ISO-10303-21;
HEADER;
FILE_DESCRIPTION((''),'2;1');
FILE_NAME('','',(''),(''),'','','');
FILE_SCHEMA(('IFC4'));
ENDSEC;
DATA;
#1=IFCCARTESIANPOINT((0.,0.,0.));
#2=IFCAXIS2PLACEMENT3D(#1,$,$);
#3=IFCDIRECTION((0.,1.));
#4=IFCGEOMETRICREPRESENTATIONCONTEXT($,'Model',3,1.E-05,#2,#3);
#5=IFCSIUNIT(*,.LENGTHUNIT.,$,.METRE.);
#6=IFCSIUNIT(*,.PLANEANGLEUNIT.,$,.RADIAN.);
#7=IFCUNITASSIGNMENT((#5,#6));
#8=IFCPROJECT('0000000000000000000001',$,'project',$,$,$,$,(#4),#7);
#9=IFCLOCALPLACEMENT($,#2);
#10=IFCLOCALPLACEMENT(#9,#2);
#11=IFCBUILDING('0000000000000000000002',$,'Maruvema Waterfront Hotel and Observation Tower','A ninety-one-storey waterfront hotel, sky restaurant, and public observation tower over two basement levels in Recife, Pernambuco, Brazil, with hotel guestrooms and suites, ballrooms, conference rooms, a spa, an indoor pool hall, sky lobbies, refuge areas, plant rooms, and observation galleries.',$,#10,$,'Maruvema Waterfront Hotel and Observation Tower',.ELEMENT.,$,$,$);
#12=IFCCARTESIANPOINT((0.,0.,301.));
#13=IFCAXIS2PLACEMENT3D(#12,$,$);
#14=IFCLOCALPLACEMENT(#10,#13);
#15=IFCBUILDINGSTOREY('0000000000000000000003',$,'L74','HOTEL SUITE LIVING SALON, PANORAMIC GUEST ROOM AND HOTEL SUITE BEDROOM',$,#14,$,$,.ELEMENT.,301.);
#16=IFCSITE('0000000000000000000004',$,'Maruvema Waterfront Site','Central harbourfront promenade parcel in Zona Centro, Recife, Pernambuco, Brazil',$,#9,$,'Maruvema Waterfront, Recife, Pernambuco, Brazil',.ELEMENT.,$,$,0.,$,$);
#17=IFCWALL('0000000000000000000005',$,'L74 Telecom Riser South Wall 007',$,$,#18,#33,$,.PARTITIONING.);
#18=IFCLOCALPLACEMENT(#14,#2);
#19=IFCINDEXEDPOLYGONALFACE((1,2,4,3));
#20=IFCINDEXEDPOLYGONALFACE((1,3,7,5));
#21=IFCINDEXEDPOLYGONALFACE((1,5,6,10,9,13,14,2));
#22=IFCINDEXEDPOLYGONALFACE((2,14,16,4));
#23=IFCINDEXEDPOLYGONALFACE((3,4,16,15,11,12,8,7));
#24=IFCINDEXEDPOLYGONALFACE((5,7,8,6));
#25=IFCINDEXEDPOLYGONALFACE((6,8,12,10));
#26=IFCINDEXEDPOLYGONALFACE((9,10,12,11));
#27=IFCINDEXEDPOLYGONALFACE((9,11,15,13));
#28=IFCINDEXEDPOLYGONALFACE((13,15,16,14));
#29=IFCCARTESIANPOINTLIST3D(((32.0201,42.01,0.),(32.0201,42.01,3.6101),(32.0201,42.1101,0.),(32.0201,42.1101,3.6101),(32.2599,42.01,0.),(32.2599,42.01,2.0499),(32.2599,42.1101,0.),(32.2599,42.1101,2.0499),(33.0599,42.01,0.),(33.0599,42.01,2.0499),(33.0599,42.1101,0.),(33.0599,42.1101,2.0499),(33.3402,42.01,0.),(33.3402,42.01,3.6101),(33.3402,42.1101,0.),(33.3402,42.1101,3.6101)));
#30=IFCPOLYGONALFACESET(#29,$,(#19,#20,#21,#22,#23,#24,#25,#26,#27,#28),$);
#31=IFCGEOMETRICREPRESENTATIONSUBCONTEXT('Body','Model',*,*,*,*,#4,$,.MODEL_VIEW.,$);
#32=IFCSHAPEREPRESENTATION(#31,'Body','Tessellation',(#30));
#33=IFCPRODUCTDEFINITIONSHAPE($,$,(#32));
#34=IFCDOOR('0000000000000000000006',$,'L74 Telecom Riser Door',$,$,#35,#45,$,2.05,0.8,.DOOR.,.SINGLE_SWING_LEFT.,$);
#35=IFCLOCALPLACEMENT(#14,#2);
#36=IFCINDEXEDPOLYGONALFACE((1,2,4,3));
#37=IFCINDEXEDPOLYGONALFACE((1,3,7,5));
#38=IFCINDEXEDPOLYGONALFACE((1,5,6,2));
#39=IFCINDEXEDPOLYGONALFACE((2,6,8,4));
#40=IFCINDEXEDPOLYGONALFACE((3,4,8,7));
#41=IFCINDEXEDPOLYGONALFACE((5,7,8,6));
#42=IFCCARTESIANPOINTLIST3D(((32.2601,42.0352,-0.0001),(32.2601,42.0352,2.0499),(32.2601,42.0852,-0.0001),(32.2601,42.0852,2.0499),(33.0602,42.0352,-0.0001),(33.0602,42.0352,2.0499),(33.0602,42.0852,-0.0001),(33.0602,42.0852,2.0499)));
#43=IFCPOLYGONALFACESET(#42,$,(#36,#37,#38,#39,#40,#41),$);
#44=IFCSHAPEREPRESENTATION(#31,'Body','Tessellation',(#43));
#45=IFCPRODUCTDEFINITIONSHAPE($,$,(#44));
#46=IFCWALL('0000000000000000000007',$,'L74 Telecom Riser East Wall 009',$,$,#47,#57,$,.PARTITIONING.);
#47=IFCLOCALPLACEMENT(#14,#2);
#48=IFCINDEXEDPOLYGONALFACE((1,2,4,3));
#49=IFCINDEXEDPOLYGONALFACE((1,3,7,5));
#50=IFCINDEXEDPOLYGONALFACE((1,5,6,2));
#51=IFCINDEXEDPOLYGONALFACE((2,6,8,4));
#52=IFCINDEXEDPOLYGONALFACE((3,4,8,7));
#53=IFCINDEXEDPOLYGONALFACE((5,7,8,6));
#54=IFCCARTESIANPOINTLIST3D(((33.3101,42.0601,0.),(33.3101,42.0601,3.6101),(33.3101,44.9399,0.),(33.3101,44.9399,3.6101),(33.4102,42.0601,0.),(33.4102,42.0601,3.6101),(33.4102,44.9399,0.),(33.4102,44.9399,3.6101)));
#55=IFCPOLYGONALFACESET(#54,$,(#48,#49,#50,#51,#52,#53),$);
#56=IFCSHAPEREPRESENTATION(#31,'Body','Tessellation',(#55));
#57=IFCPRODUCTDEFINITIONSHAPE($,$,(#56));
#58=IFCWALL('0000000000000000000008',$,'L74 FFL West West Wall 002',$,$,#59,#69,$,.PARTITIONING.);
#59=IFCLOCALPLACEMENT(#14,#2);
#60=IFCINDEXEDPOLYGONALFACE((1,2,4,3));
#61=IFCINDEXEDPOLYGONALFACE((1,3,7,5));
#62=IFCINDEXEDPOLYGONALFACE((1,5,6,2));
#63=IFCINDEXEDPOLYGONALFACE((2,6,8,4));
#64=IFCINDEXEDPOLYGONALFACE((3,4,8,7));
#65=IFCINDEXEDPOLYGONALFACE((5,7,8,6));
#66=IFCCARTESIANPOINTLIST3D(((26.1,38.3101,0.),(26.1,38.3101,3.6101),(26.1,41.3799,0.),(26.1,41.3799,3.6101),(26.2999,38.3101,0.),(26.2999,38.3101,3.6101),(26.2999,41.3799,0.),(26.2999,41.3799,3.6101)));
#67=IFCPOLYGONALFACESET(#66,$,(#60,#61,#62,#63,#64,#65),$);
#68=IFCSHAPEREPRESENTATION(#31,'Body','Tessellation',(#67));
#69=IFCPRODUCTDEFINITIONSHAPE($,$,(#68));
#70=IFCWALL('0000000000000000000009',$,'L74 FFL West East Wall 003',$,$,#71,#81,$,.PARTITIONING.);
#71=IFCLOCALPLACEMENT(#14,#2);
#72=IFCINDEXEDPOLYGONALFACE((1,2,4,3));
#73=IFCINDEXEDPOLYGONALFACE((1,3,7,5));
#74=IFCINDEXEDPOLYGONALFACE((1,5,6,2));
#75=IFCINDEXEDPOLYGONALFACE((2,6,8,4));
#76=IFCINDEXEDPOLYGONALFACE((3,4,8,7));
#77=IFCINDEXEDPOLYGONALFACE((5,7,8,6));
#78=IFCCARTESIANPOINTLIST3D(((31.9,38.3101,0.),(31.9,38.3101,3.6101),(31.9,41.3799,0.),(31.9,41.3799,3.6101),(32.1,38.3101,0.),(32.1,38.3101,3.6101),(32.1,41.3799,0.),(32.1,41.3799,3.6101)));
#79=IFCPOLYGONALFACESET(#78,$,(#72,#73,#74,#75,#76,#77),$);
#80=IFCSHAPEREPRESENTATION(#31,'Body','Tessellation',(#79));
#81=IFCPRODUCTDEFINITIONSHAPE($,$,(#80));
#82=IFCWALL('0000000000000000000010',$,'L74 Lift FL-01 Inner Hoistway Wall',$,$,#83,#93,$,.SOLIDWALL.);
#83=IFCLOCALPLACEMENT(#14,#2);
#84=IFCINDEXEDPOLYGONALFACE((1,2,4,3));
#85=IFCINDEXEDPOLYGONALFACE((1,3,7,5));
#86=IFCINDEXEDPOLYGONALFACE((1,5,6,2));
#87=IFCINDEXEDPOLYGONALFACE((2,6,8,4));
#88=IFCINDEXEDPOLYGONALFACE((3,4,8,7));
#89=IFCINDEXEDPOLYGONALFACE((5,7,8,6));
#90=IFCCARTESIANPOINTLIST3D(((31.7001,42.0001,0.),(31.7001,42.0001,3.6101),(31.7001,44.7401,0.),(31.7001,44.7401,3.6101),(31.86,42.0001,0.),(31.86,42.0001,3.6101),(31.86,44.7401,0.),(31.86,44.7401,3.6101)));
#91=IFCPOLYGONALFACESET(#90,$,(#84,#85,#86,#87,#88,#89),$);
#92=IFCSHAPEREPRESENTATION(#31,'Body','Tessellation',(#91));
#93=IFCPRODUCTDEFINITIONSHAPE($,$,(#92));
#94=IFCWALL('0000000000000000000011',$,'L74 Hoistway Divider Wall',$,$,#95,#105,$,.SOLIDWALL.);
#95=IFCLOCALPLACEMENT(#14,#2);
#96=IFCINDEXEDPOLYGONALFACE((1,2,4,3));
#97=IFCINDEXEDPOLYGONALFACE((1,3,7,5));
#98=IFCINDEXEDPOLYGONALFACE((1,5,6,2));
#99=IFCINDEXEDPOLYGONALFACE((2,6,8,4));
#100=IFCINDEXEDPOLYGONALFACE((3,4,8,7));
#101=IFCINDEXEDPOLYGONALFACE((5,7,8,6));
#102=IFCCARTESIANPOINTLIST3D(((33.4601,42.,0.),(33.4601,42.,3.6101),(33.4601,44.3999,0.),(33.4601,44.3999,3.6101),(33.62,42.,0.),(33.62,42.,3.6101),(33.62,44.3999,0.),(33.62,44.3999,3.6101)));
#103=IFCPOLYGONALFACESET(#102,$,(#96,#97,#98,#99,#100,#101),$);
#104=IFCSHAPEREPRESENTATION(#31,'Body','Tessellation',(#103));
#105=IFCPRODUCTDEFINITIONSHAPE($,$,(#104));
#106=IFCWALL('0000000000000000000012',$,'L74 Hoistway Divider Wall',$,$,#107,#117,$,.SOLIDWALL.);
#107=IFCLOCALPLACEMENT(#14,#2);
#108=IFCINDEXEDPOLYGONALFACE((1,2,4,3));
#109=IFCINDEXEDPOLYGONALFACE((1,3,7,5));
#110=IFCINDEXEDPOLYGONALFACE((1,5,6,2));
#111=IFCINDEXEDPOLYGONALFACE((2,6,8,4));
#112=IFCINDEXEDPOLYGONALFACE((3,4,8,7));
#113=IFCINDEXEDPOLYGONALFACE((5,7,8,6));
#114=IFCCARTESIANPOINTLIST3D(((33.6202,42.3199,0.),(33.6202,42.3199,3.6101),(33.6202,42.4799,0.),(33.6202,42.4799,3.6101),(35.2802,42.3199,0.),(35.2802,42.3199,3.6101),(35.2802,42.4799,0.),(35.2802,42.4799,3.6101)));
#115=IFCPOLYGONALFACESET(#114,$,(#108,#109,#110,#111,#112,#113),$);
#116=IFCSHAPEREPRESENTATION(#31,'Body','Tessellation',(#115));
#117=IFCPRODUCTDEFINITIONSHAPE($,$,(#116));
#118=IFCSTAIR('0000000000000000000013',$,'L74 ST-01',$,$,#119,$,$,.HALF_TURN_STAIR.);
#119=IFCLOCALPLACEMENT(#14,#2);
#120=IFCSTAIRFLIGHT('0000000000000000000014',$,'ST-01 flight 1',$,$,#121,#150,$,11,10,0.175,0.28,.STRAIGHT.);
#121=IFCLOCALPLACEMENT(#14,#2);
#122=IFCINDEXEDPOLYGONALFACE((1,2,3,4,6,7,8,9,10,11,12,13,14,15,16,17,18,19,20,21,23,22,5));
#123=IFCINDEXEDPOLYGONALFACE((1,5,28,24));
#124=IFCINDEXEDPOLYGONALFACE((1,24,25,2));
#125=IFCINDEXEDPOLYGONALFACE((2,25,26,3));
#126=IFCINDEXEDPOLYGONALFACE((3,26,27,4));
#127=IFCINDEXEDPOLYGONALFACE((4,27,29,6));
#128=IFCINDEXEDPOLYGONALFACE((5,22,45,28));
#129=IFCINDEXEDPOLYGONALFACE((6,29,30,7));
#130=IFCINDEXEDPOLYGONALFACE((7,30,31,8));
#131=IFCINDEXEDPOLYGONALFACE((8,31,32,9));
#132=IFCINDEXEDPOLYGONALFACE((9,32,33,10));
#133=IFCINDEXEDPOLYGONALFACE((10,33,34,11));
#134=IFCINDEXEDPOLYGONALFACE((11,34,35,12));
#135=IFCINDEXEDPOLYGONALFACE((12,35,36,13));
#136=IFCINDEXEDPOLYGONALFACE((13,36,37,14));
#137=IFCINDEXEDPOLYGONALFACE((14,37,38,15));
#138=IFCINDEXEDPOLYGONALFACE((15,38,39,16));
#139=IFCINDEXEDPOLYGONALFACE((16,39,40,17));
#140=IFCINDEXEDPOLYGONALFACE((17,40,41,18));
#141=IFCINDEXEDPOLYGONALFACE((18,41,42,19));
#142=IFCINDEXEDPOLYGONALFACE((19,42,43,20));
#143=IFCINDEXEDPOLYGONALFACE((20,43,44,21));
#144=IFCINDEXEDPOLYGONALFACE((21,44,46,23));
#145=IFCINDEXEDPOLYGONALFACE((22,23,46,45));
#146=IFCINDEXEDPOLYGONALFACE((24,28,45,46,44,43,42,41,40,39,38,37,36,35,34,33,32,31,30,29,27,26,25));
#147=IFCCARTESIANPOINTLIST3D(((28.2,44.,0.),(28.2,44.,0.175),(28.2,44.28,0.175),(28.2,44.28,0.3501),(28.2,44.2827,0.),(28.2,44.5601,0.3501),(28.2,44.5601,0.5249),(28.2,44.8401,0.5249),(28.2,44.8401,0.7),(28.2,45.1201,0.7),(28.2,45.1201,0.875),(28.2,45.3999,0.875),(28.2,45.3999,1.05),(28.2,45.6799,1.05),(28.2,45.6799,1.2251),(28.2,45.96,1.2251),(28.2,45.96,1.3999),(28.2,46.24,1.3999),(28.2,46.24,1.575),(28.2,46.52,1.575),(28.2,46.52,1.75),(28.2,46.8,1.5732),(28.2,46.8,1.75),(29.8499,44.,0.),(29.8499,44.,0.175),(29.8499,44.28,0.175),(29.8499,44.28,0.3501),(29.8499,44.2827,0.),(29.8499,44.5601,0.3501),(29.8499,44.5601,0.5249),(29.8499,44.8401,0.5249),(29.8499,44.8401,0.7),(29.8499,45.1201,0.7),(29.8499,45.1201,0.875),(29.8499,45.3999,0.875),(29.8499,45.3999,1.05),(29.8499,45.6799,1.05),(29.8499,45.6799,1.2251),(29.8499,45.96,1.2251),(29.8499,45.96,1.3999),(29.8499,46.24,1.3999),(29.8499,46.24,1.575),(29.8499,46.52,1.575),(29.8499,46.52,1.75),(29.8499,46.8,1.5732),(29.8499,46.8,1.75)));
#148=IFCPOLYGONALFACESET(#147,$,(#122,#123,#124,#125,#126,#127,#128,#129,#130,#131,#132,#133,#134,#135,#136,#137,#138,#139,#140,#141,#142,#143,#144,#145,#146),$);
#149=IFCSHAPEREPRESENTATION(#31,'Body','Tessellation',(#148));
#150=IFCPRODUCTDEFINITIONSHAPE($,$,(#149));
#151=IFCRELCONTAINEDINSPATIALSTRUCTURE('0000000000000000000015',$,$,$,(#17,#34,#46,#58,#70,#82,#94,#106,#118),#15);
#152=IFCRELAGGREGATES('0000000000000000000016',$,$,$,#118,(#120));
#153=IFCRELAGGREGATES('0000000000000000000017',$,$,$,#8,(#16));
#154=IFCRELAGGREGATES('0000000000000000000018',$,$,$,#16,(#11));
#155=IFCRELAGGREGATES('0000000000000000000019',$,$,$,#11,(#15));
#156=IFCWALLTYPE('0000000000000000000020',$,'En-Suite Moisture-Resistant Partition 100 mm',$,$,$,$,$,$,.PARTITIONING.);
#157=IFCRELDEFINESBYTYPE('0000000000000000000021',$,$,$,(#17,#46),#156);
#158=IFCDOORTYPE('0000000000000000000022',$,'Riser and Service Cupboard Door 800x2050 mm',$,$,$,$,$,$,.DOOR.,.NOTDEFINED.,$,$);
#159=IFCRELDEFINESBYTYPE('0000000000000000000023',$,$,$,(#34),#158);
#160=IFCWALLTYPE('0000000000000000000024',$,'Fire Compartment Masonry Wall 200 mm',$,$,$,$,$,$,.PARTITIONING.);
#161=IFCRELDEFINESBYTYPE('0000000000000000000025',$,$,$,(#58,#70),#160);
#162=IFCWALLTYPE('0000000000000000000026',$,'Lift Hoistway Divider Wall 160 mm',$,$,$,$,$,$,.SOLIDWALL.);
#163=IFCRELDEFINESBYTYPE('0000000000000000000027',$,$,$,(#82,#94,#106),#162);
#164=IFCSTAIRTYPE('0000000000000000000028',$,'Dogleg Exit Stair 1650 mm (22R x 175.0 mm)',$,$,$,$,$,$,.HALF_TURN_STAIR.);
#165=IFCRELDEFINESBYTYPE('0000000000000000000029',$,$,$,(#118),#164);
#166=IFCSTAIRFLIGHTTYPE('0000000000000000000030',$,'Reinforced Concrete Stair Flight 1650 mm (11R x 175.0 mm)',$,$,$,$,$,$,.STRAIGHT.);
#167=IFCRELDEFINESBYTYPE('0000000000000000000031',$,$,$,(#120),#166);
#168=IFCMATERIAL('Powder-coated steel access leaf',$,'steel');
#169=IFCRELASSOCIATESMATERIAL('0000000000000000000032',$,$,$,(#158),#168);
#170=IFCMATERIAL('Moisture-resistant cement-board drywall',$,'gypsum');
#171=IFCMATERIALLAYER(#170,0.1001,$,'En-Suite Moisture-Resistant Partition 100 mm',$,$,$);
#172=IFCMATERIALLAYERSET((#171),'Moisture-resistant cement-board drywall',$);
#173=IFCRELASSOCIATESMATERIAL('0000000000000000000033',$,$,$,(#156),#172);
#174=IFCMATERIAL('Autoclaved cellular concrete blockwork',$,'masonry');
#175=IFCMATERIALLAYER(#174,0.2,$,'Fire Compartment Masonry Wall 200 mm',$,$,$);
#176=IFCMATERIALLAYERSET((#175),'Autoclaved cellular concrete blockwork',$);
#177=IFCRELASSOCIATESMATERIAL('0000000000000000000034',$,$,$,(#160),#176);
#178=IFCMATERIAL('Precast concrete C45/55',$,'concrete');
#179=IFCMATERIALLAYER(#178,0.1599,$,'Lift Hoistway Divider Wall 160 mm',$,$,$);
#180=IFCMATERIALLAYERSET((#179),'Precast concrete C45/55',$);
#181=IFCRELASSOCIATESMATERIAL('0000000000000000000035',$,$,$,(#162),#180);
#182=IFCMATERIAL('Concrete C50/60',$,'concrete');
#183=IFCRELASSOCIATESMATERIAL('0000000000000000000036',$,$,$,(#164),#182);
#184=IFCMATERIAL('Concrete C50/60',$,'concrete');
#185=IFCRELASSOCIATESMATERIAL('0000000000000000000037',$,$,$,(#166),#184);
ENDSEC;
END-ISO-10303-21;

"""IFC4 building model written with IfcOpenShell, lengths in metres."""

from ifc_helpers import new_model, si_unit, direction, frame, frame_2d, origin, place, context, subcontext, project, spatial, polyline, rectangle, outline, extrude, material, layer, layer_set, type_object, element, fill, aggregate, save


model = new_model("IFC4")

# Units and contexts
model_context = context("Model", 3, precision=1e-05, world=origin(), true_north=direction((0.0, 1.0)))
body_context = subcontext(model_context, "Body", "Model", "MODEL_VIEW")
ifc_project = project(units=[si_unit("LENGTHUNIT", "METRE"), si_unit("PLANEANGLEUNIT", "RADIAN")], contexts=[model_context])

# Site, building, storey
site_placement = place(None, origin())
site = spatial("IfcSite", under=ifc_project, at=site_placement, Name="Maruvema Waterfront Site", Description="Central harbourfront promenade parcel in Zona Centro, Recife, Pernambuco, Brazil", LongName="Maruvema Waterfront, Recife, Pernambuco, Brazil", CompositionType="ELEMENT", RefElevation=0.0)
building_placement = place(site_placement, origin())
building = spatial("IfcBuilding", under=site, at=building_placement, Name="Maruvema Waterfront Hotel and Observation Tower", Description="A ninety-one-storey waterfront hotel, sky restaurant, and public observation tower over two basement levels in Recife, Pernambuco, Brazil, with hotel guestrooms and suites, ballrooms, conference rooms, a spa, an indoor pool hall, sky lobbies, refuge areas, plant rooms, and observation galleries.", LongName="Maruvema Waterfront Hotel and Observation Tower", CompositionType="ELEMENT")
storey_placement = place(building_placement, frame((0.0, 0.0, 301.0)))
storey = spatial("IfcBuildingStorey", under=building, at=storey_placement, Name="L74", Description="HOTEL SUITE LIVING SALON, PANORAMIC GUEST ROOM AND HOTEL SUITE BEDROOM", CompositionType="ELEMENT", Elevation=301.0)

# Shared definitions
ifc_material_1 = material(Name="Powder-coated steel access leaf", Category="steel")
door_type_1 = type_object("IfcDoorType", Name="Riser and Service Cupboard Door 800x2050 mm", OperationType="NOTDEFINED", PredefinedType="DOOR", material=ifc_material_1)

# Wall, opening, door
ifc_material_2 = material(Name="Moisture-resistant cement-board drywall", Category="gypsum")
ifc_layer_1 = layer(ifc_material_2, 0.1001, Name="En-Suite Moisture-Resistant Partition 100 mm")
ifc_layer_set_1 = layer_set([ifc_layer_1], Name="Moisture-resistant cement-board drywall")
wall_type_1 = type_object("IfcWallType", Name="En-Suite Moisture-Resistant Partition 100 mm", PredefinedType="PARTITIONING", material=ifc_layer_set_1)
wall_1_placement = place(storey_placement, frame((32.02, 42.0601, 0.0), z_axis=(0.0, 0.0, 1.0), x_axis=(1.0, 0.0, 0.0)))
wall_1 = element("IfcWall", 1, at=wall_1_placement, inside=storey, type_object=wall_type_1, Name="L74 Telecom Riser South Wall 007", PredefinedType="PARTITIONING", context=body_context, shape_type="SweptSolid", body=[
    extrude(rectangle(XDim=1.3201, YDim=0.1001, at=frame_2d((0.6602, 0.0))), origin(), (0.0, 0.0, 1.0), 3.6101),
])
opening_1_placement = place(wall_1_placement, frame((0.24, 0.0, 0.0)))
opening_1 = element("IfcOpeningElement", 2, at=opening_1_placement, cuts=wall_1, PredefinedType="OPENING", context=body_context, shape_type="SweptSolid", body=[
    extrude(rectangle(XDim=0.8, YDim=2.05, at=frame_2d((0.3999, 1.0249))), frame((0.0, 0.0601, 0.0), z_axis=(0.0, -1.0, 0.0), x_axis=(1.0, 0.0, 0.0)), (0.0, 0.0, 1.0), 0.1201),
])
door_1_placement = place(opening_1_placement, frame((0.8, 0.0, 0.0), z_axis=(0.0, 0.0, 1.0), x_axis=(-1.0, 0.0, 0.0)))
door_1 = element("IfcDoor", 3, at=door_1_placement, inside=storey, type_object=door_type_1, Name="L74 Telecom Riser Door", OperationType="SINGLE_SWING_LEFT", OverallHeight=2.05, OverallWidth=0.8, PredefinedType="DOOR", context=body_context, shape_type="SweptSolid", body=[
    extrude(rectangle(XDim=0.8, YDim=2.05, at=frame_2d((0.3999, 1.0249))), frame((0.0, 0.0249, 0.0), z_axis=(0.0, -1.0, 0.0), x_axis=(1.0, 0.0, 0.0)), (0.0, 0.0, 1.0), 0.05),
])
fill(opening_1, door_1)

# Wall
wall_2_placement = place(storey_placement, frame((33.3601, 42.0601, 0.0), z_axis=(0.0, 0.0, 1.0), x_axis=(0.0, 1.0, 0.0)))
element("IfcWall", 4, at=wall_2_placement, inside=storey, type_object=wall_type_1, Name="L74 Telecom Riser East Wall 009", PredefinedType="PARTITIONING", context=body_context, shape_type="SweptSolid", body=[
    extrude(rectangle(XDim=2.8799, YDim=0.1001, at=frame_2d((1.4399, 0.0))), origin(), (0.0, 0.0, 1.0), 3.6101),
])

# Shared definitions
ifc_material_3 = material(Name="Autoclaved cellular concrete blockwork", Category="masonry")
ifc_layer_2 = layer(ifc_material_3, 0.2, Name="Fire Compartment Masonry Wall 200 mm")
ifc_layer_set_2 = layer_set([ifc_layer_2], Name="Autoclaved cellular concrete blockwork")
wall_type_2 = type_object("IfcWallType", Name="Fire Compartment Masonry Wall 200 mm", PredefinedType="PARTITIONING", material=ifc_layer_set_2)

# Walls
for number, where, z_axis, x_axis, name in (
    (5, (26.2, 38.3101, 0.0), (0.0, 0.0, 1.0), (0.0, 1.0, 0.0), "L74 FFL West West Wall 002"),
    (6, (32.0, 38.3101, 0.0), (0.0, 0.0, 1.0), (0.0, 1.0, 0.0), "L74 FFL West East Wall 003"),
):
    element("IfcWall", number, at=place(storey_placement, frame(where, z_axis=z_axis, x_axis=x_axis)), inside=storey, type_object=wall_type_2, Name=name, PredefinedType="PARTITIONING", context=body_context, shape_type="SweptSolid", body=[
        extrude(rectangle(XDim=3.0698, YDim=0.2, at=frame_2d((1.5349, 0.0))), origin(), (0.0, 0.0, 1.0), 3.6101),
    ])
ifc_material_4 = material(Name="Precast concrete C45/55", Category="concrete")
ifc_layer_3 = layer(ifc_material_4, 0.1599, Name="Lift Hoistway Divider Wall 160 mm")
ifc_layer_set_3 = layer_set([ifc_layer_3], Name="Precast concrete C45/55")
wall_type_3 = type_object("IfcWallType", Name="Lift Hoistway Divider Wall 160 mm", PredefinedType="SOLIDWALL", material=ifc_layer_set_3)
wall_3_placement = place(storey_placement, frame((31.78, 42.0, 0.0), z_axis=(0.0, 0.0, 1.0), x_axis=(0.0, 1.0, 0.0)))
element("IfcWall", 7, at=wall_3_placement, inside=storey, type_object=wall_type_3, Name="L74 Lift FL-01 Inner Hoistway Wall", PredefinedType="SOLIDWALL", context=body_context, shape_type="SweptSolid", body=[
    extrude(rectangle(XDim=2.74, YDim=0.1599, at=frame_2d((1.3701, 0.0))), origin(), (0.0, 0.0, 1.0), 3.6101),
])
wall_4_placement = place(storey_placement, frame((33.54, 42.0, 0.0), z_axis=(0.0, 0.0, 1.0), x_axis=(0.0, 1.0, 0.0)))
element("IfcWall", 8, at=wall_4_placement, inside=storey, type_object=wall_type_3, Name="L74 Hoistway Divider Wall", PredefinedType="SOLIDWALL", context=body_context, shape_type="SweptSolid", body=[
    extrude(rectangle(XDim=2.3999, YDim=0.1599, at=frame_2d((1.2, 0.0))), origin(), (0.0, 0.0, 1.0), 3.6101),
])
wall_5_placement = place(storey_placement, frame((33.6201, 42.3999, 0.0), z_axis=(0.0, 0.0, 1.0), x_axis=(1.0, 0.0, 0.0)))
element("IfcWall", 9, at=wall_5_placement, inside=storey, type_object=wall_type_3, Name="L74 Hoistway Divider Wall", PredefinedType="SOLIDWALL", context=body_context, shape_type="SweptSolid", body=[
    extrude(rectangle(XDim=1.6599, YDim=0.1599, at=frame_2d((0.8301, 0.0))), origin(), (0.0, 0.0, 1.0), 3.6101),
])

# Stair, stair flight
ifc_material_5 = material(Name="Concrete C50/60", Category="concrete")
stair_type = type_object("IfcStairType", Name="Dogleg Exit Stair 1650 mm (22R x 175.0 mm)", PredefinedType="HALF_TURN_STAIR", material=ifc_material_5)
stair_placement = place(storey_placement, origin())
stair = element("IfcStair", 10, at=stair_placement, inside=storey, type_object=stair_type, Name="L74 ST-01", PredefinedType="HALF_TURN_STAIR")
ifc_material_6 = material(Name="Concrete C50/60", Category="concrete")
stair_flight_type = type_object("IfcStairFlightType", Name="Reinforced Concrete Stair Flight 1650 mm (11R x 175.0 mm)", PredefinedType="STRAIGHT", material=ifc_material_6)
stair_flight_placement = place(storey_placement, frame((29.0249, 44.0, 0.0), z_axis=(0.0, 0.0, 1.0), x_axis=(0.0, 1.0, 0.0)))
stair_flight = element("IfcStairFlight", 11, at=stair_flight_placement, type_object=stair_flight_type, Name="ST-01 flight 1", NumberOfRisers=11, NumberOfTreads=10, PredefinedType="STRAIGHT", RiserHeight=0.175, TreadLength=0.28, context=body_context, shape_type="SweptSolid", body=[
    extrude(outline(polyline([(0.0, 0.0), (0.0, 0.175), (0.28, 0.175), (0.28, 0.3501), (0.5601, 0.3501), (0.5601, 0.5249), (0.8401, 0.5249), (0.8401, 0.7), (1.1201, 0.7), (1.1201, 0.875), (1.3999, 0.875), (1.3999, 1.05), (1.6799, 1.05), (1.6799, 1.2251), (1.96, 1.2251), (1.96, 1.3999), (2.24, 1.3999), (2.24, 1.575), (2.52, 1.575), (2.52, 1.75), (2.8, 1.75), (2.8, 1.925), (2.8, 1.5732), (0.2827, 0.0), (0.0, 0.0)])), frame((0.0, 0.825, 0.0), z_axis=(0.0, -1.0, 0.0), x_axis=(1.0, 0.0, 0.0)), (0.0, 0.0, 1.0), 1.6499),
])
aggregate(stair, [stair_flight])

save(model, "model.ifc")
